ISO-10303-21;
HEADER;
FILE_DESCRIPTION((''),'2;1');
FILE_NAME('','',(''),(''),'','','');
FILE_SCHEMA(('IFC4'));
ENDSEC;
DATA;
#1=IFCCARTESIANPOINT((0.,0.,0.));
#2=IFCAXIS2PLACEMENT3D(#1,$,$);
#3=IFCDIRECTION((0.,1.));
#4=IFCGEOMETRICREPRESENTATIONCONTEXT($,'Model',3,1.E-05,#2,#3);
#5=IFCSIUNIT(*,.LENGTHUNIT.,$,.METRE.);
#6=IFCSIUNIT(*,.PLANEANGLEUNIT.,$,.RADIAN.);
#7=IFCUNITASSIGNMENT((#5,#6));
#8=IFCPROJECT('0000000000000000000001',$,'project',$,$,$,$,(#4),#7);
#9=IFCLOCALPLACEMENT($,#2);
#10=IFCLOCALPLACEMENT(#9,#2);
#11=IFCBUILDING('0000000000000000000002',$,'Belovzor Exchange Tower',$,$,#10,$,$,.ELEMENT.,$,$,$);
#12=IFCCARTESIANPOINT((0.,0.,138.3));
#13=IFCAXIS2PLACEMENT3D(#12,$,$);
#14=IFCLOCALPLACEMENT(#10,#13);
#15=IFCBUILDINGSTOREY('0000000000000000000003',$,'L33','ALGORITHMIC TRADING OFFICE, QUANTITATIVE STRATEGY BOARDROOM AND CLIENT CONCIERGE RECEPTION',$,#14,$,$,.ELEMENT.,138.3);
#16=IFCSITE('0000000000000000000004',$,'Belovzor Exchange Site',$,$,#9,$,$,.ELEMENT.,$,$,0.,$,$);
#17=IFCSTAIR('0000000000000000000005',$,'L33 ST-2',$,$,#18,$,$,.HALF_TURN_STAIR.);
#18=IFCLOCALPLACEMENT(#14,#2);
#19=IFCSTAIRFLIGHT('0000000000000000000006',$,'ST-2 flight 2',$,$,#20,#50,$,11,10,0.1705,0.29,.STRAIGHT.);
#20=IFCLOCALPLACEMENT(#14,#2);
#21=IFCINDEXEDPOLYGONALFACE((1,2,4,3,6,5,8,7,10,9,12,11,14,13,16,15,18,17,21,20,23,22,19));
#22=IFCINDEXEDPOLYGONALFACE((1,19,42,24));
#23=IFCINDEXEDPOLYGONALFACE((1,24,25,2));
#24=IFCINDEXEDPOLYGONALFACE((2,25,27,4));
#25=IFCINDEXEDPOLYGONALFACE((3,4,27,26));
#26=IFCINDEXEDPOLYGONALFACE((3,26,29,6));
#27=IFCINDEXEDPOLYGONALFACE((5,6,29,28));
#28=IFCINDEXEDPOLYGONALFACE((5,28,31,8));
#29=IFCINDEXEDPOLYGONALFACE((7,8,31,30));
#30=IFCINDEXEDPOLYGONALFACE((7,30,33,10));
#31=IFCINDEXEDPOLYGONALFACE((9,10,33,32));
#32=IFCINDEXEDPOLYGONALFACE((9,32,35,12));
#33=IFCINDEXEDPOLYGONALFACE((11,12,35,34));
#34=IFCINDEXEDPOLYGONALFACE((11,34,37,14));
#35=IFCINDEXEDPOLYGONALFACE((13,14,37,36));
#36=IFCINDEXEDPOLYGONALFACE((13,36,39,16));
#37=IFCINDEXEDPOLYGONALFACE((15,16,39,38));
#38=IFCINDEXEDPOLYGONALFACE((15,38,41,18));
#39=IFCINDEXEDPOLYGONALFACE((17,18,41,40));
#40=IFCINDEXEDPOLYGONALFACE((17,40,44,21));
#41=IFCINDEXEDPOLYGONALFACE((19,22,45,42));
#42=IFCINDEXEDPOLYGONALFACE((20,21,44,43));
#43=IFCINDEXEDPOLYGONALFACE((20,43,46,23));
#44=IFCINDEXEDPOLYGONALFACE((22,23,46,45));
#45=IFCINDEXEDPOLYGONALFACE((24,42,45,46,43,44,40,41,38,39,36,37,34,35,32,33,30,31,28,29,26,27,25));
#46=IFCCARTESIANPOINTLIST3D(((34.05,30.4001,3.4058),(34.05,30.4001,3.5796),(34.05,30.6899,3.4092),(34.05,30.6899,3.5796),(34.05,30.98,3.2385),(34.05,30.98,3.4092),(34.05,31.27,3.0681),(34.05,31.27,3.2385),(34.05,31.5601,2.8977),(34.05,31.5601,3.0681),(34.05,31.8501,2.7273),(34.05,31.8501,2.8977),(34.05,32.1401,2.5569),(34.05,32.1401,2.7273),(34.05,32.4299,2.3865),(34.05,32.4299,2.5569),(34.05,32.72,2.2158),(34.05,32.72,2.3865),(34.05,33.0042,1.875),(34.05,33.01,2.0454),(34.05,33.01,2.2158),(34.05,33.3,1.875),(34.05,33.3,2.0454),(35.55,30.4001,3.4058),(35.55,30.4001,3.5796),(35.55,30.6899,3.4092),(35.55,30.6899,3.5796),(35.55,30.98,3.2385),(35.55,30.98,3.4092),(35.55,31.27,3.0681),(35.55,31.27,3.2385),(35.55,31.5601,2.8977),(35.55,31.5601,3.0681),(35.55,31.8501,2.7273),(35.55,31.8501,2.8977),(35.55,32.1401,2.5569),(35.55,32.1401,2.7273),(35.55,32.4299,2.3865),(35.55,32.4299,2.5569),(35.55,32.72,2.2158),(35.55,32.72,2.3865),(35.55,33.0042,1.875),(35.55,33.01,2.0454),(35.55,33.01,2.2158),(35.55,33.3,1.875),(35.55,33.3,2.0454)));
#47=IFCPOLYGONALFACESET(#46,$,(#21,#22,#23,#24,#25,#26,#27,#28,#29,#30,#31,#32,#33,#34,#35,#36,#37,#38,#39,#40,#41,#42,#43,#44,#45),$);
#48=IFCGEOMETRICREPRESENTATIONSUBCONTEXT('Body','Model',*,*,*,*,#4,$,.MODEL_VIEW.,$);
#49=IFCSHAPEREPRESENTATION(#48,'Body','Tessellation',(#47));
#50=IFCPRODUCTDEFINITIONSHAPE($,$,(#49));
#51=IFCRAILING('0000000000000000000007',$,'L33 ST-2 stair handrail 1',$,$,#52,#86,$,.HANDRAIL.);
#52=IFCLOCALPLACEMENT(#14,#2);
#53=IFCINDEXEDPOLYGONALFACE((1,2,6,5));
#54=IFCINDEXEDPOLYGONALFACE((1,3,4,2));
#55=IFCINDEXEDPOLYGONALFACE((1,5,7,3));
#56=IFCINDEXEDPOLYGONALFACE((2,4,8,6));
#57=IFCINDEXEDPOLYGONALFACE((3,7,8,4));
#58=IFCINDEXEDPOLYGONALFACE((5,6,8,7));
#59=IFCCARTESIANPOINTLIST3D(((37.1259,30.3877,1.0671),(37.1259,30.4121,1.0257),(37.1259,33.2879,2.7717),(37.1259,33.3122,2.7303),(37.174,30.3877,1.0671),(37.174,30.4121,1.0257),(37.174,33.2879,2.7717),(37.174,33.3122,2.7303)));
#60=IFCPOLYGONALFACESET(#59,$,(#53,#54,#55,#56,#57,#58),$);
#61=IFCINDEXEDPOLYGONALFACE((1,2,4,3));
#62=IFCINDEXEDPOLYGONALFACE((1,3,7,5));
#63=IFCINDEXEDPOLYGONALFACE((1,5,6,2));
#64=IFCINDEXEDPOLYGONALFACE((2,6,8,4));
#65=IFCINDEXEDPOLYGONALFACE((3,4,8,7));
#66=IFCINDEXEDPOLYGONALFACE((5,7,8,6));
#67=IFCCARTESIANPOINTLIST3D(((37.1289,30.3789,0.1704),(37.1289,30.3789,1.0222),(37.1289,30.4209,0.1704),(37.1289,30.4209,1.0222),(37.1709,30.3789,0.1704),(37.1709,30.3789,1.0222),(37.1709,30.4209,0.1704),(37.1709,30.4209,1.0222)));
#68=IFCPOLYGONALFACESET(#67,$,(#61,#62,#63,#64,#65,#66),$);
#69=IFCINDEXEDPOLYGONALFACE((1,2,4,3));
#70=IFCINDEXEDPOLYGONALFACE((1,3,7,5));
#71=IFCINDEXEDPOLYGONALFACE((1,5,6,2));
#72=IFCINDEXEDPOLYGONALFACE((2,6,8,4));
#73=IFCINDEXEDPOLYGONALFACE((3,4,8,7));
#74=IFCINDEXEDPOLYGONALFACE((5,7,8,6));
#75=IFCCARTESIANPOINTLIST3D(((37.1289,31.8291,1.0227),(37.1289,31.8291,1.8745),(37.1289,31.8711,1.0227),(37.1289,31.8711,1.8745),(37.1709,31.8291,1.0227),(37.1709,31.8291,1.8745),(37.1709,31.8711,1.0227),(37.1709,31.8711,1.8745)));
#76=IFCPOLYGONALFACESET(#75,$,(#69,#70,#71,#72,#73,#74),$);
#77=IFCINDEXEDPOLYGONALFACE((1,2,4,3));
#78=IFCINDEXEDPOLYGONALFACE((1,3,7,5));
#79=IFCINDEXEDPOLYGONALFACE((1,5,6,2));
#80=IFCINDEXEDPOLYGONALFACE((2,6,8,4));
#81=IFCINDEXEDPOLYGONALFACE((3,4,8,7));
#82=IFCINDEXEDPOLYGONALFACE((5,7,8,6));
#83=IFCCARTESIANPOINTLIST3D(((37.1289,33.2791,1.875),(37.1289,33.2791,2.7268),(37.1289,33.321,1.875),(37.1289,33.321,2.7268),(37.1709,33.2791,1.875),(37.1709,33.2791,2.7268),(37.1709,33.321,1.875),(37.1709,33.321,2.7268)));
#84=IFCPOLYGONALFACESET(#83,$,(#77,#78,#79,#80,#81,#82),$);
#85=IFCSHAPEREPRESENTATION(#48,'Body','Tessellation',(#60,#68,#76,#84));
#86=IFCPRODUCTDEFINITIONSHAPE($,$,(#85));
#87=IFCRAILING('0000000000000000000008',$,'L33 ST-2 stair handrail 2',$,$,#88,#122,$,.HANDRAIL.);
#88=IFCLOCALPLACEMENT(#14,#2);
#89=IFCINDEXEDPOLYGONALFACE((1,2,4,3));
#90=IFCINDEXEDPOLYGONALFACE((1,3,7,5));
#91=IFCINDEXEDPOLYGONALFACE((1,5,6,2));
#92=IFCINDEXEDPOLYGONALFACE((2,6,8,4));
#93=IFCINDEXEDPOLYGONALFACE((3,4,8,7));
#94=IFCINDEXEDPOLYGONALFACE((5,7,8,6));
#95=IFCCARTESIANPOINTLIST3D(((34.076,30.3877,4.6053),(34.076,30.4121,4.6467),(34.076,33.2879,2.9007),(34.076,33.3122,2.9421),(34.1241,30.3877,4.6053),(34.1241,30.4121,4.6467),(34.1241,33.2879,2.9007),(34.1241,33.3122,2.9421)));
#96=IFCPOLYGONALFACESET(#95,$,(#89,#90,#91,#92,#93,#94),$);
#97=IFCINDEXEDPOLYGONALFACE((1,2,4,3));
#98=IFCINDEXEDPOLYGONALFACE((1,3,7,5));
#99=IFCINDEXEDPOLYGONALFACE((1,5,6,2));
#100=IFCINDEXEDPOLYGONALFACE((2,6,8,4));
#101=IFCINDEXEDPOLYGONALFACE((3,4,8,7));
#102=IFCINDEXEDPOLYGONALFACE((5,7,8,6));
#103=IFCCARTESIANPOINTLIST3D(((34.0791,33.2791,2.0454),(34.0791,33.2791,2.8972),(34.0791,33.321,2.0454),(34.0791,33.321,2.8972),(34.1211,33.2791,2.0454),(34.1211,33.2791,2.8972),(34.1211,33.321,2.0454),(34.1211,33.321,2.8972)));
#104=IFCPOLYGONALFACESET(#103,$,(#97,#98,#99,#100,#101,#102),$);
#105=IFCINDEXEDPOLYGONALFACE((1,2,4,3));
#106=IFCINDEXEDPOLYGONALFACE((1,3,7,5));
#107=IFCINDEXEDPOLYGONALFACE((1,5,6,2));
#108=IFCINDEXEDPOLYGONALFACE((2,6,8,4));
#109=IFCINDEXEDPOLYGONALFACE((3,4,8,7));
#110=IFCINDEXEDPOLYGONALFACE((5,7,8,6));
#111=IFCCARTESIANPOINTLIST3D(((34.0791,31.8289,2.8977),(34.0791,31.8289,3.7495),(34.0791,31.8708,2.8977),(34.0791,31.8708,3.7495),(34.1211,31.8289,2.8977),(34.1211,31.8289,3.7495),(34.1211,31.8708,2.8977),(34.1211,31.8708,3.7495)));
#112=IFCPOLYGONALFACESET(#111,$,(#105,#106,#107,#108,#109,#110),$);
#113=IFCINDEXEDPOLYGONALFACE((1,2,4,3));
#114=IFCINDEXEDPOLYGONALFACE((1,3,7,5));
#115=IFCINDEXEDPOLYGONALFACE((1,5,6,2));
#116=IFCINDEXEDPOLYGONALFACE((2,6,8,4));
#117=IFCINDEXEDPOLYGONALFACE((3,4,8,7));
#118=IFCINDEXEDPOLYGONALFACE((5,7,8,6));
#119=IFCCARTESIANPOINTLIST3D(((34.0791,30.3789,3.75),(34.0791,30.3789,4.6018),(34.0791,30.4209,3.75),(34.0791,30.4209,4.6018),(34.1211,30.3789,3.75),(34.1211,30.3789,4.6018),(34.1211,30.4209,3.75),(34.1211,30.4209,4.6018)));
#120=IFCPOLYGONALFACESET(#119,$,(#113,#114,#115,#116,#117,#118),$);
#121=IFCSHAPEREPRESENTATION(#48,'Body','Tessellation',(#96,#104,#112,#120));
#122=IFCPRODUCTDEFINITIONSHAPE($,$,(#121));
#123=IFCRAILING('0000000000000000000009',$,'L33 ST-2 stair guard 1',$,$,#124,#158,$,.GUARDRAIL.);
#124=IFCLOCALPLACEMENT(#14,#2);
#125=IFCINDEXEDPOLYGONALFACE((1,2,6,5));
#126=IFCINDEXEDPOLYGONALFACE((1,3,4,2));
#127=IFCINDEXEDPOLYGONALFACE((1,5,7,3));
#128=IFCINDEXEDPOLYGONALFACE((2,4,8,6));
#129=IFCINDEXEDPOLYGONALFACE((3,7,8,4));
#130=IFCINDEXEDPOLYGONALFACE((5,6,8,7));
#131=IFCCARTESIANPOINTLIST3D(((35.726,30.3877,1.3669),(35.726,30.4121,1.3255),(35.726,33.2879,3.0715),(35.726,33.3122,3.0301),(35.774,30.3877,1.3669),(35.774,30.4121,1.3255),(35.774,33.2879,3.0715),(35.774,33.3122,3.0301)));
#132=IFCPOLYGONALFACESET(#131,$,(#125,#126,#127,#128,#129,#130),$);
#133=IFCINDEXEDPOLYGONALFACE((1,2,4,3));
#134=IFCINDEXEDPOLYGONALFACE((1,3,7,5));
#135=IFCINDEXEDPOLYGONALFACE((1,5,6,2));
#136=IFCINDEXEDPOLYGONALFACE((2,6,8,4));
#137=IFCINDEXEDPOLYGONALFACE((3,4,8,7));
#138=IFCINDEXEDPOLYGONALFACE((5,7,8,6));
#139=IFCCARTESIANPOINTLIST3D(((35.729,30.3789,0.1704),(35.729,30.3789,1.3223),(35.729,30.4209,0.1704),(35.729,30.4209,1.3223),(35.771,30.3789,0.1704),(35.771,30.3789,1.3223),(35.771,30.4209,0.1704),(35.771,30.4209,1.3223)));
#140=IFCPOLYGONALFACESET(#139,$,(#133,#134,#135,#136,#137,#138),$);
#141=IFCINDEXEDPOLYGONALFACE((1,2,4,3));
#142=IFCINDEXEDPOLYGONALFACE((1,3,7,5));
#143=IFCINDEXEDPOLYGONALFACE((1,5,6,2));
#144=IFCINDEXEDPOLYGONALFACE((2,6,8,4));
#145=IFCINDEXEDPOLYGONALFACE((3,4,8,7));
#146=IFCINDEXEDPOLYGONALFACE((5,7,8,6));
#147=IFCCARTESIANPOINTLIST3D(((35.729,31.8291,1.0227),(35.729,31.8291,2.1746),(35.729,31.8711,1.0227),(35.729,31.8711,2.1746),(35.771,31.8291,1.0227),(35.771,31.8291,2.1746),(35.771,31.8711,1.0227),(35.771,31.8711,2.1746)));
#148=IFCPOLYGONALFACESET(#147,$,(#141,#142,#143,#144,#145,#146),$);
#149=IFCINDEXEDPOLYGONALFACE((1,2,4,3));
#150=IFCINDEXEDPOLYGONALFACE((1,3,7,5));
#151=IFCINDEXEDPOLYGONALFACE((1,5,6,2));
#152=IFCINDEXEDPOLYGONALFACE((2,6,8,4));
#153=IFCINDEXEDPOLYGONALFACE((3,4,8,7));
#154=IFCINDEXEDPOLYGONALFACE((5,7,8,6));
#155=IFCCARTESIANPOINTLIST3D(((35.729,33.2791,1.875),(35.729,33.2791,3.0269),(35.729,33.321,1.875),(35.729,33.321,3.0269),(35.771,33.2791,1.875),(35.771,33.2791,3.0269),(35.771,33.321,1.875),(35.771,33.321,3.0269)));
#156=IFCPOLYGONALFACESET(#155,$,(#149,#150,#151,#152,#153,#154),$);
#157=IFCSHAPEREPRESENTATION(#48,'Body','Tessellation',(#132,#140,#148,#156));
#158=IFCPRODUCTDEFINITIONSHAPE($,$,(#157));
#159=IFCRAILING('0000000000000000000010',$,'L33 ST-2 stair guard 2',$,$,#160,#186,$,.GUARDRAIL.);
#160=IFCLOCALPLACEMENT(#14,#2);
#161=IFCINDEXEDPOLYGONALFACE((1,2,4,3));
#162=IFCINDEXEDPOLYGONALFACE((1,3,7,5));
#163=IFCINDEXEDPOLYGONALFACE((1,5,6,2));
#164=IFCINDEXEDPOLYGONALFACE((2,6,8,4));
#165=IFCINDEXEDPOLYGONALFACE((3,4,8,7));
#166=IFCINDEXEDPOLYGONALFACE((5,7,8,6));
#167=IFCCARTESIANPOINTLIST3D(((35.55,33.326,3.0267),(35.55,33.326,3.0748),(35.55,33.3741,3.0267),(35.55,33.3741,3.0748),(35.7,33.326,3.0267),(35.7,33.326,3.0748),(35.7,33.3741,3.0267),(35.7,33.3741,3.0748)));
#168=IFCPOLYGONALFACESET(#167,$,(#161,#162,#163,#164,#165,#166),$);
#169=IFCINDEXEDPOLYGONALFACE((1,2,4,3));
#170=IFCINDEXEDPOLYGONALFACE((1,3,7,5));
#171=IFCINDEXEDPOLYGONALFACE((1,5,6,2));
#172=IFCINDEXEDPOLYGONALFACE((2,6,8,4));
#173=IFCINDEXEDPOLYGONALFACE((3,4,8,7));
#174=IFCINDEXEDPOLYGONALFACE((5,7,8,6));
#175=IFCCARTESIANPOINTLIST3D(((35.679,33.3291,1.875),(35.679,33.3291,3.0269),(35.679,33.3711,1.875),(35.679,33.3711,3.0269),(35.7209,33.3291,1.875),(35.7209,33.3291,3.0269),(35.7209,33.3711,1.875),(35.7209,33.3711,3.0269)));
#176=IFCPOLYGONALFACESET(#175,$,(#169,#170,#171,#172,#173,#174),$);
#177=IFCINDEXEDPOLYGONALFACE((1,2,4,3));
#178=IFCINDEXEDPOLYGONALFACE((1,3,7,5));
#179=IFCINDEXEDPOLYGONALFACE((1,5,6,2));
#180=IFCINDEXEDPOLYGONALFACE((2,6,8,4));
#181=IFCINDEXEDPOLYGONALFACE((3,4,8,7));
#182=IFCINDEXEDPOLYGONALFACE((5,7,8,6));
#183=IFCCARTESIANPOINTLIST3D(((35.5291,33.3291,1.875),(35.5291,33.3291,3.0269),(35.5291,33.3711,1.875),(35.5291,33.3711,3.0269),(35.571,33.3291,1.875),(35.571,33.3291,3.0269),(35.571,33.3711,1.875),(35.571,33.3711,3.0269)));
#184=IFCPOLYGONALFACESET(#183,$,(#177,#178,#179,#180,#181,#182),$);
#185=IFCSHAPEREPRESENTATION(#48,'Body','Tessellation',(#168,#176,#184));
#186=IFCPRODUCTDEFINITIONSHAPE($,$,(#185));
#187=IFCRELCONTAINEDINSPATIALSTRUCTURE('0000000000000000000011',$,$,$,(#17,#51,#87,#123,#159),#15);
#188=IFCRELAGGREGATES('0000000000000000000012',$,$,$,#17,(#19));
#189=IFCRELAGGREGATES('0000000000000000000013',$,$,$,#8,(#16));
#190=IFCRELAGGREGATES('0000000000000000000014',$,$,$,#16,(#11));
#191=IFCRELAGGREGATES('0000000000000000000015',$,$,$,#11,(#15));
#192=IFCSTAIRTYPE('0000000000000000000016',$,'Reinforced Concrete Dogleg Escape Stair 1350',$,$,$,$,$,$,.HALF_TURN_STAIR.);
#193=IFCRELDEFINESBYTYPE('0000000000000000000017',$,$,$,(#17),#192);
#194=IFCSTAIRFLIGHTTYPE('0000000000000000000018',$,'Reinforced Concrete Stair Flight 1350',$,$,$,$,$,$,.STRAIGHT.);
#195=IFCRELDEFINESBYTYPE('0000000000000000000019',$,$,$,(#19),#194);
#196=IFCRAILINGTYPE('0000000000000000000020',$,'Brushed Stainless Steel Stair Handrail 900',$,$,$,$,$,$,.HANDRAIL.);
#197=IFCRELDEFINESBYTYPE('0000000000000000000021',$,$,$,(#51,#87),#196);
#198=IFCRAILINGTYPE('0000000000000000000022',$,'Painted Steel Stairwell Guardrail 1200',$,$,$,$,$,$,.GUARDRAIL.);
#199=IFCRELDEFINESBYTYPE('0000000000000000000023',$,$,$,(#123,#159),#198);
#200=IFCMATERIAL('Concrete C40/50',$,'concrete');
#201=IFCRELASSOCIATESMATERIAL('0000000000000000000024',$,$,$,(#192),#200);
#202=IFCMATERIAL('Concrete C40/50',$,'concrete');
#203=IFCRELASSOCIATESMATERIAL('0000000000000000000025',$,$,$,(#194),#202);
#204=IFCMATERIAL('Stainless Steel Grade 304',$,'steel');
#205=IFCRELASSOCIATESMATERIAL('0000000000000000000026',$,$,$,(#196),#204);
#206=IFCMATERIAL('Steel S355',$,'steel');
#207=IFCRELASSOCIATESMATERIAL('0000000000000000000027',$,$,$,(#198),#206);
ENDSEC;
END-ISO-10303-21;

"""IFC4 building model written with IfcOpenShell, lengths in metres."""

from ifc_helpers import new_model, si_unit, direction, frame, origin, origin_2d, place, context, subcontext, project, spatial, polyline, rectangle, outline, extrude, material, type_object, element, aggregate, save


model = new_model("IFC4")

# Units and contexts
model_context = context("Model", 3, precision=1e-05, world=origin(), true_north=direction((0.0, 1.0)))
body_context = subcontext(model_context, "Body", "Model", "MODEL_VIEW")
ifc_project = project(units=[si_unit("LENGTHUNIT", "METRE"), si_unit("PLANEANGLEUNIT", "RADIAN")], contexts=[model_context])

# Site, building, storey
site_placement = place(None, origin())
site = spatial("IfcSite", under=ifc_project, at=site_placement, Name="Belovzor Exchange Site", CompositionType="ELEMENT", RefElevation=0.0)
building_placement = place(site_placement, origin())
building = spatial("IfcBuilding", under=site, at=building_placement, Name="Belovzor Exchange Tower", CompositionType="ELEMENT")
storey_placement = place(building_placement, frame((0.0, 0.0, 138.3)))
storey = spatial("IfcBuildingStorey", under=building, at=storey_placement, Name="L33", Description="ALGORITHMIC TRADING OFFICE, QUANTITATIVE STRATEGY BOARDROOM AND CLIENT CONCIERGE RECEPTION", CompositionType="ELEMENT", Elevation=138.3)

# Stair, stair flight
ifc_material_1 = material(Name="Concrete C40/50", Category="concrete")
stair_type = type_object("IfcStairType", Name="Reinforced Concrete Dogleg Escape Stair 1350", PredefinedType="HALF_TURN_STAIR", material=ifc_material_1)
stair_placement = place(storey_placement, origin())
stair = element("IfcStair", 1, at=stair_placement, inside=storey, type_object=stair_type, Name="L33 ST-2", PredefinedType="HALF_TURN_STAIR")
ifc_material_2 = material(Name="Concrete C40/50", Category="concrete")
stair_flight_type = type_object("IfcStairFlightType", Name="Reinforced Concrete Stair Flight 1350", PredefinedType="STRAIGHT", material=ifc_material_2)
stair_flight_1_placement = place(storey_placement, frame((34.8, 33.3, 1.875), z_axis=(0.0, 0.0, 1.0), x_axis=(0.0, -1.0, 0.0)))
stair_flight_1 = element("IfcStairFlight", 2, at=stair_flight_1_placement, type_object=stair_flight_type, Name="ST-2 flight 2", NumberOfRisers=11, NumberOfTreads=10, PredefinedType="STRAIGHT", RiserHeight=0.1705, TreadLength=0.29, context=body_context, shape_type="SweptSolid", body=[
    extrude(outline(polyline([(0.0, 0.0), (0.0, 0.1704), (0.29, 0.1704), (0.29, 0.3408), (0.5801, 0.3408), (0.5801, 0.5115), (0.8701, 0.5115), (0.8701, 0.6819), (1.1599, 0.6819), (1.1599, 0.8523), (1.45, 0.8523), (1.45, 1.0227), (1.74, 1.0227), (1.74, 1.1931), (2.03, 1.1931), (2.03, 1.3635), (2.3201, 1.3635), (2.3201, 1.5342), (2.6101, 1.5342), (2.6101, 1.7046), (2.8999, 1.7046), (2.8999, 1.875), (2.8999, 1.5308), (0.2959, 0.0), (0.0, 0.0)])), frame((0.0, 0.75, 0.0), z_axis=(0.0, -1.0, 0.0), x_axis=(1.0, 0.0, 0.0)), (0.0, 0.0, 1.0), 1.5),
])
aggregate(stair, [stair_flight_1])

# Railings
ifc_material_3 = material(Name="Stainless Steel Grade 304", Category="steel")
railing_type_1 = type_object("IfcRailingType", Name="Brushed Stainless Steel Stair Handrail 900", PredefinedType="HANDRAIL", material=ifc_material_3)
railing_1_placement = place(storey_placement, frame((37.1499, 30.3999, 0.1704)))
element("IfcRailing", 3, at=railing_1_placement, inside=storey, type_object=railing_type_1, Name="L33 ST-2 stair handrail 1", PredefinedType="HANDRAIL", context=body_context, shape_type="SweptSolid", body=[
    extrude(rectangle(XDim=0.0481, YDim=0.0481, at=origin_2d()), frame((0.0, 0.0, 0.876), z_axis=(0.0, 0.862113, 0.506716), x_axis=(-1.0, 0.0, 0.0)), (0.0, 0.0, 1.0), 3.364),
    extrude(rectangle(XDim=0.042, YDim=0.042, at=origin_2d()), origin(), (0.0, 0.0, 1.0), 0.8518),
    extrude(rectangle(XDim=0.042, YDim=0.042, at=origin_2d()), frame((0.0, 1.4502, 0.8523)), (0.0, 0.0, 1.0), 0.8518),
    extrude(rectangle(XDim=0.042, YDim=0.042, at=origin_2d()), frame((0.0, 2.9001, 1.7046)), (0.0, 0.0, 1.0), 0.8518),
])
railing_2_placement = place(storey_placement, frame((34.1001, 33.3, 2.0454)))
element("IfcRailing", 4, at=railing_2_placement, inside=storey, type_object=railing_type_1, Name="L33 ST-2 stair handrail 2", PredefinedType="HANDRAIL", context=body_context, shape_type="SweptSolid", body=[
    extrude(rectangle(XDim=0.0481, YDim=0.0481, at=origin_2d()), frame((0.0, 0.0, 0.876), z_axis=(0.0, -0.862113, 0.506716), x_axis=(1.0, 0.0, 0.0)), (0.0, 0.0, 1.0), 3.364),
    extrude(rectangle(XDim=0.042, YDim=0.042, at=origin_2d()), origin(), (0.0, 0.0, 1.0), 0.8518),
    extrude(rectangle(XDim=0.042, YDim=0.042, at=origin_2d()), frame((0.0, -1.4502, 0.8523)), (0.0, 0.0, 1.0), 0.8518),
    extrude(rectangle(XDim=0.042, YDim=0.042, at=origin_2d()), frame((0.0, -2.9001, 1.7046)), (0.0, 0.0, 1.0), 0.8518),
])
ifc_material_4 = material(Name="Steel S355", Category="steel")
railing_type_2 = type_object("IfcRailingType", Name="Painted Steel Stairwell Guardrail 1200", PredefinedType="GUARDRAIL", material=ifc_material_4)
railing_3_placement = place(storey_placement, frame((35.75, 30.3999, 0.1704)))
element("IfcRailing", 5, at=railing_3_placement, inside=storey, type_object=railing_type_2, Name="L33 ST-2 stair guard 1", PredefinedType="GUARDRAIL", context=body_context, shape_type="SweptSolid", body=[
    extrude(rectangle(XDim=0.0481, YDim=0.0481, at=origin_2d()), frame((0.0, 0.0, 1.1758), z_axis=(0.0, 0.862113, 0.506716), x_axis=(-1.0, 0.0, 0.0)), (0.0, 0.0, 1.0), 3.364),
    extrude(rectangle(XDim=0.042, YDim=0.042, at=origin_2d()), origin(), (0.0, 0.0, 1.0), 1.1519),
    extrude(rectangle(XDim=0.042, YDim=0.042, at=origin_2d()), frame((0.0, 1.4502, 0.8523)), (0.0, 0.0, 1.0), 1.1519),
    extrude(rectangle(XDim=0.042, YDim=0.042, at=origin_2d()), frame((0.0, 2.9001, 1.7046)), (0.0, 0.0, 1.0), 1.1519),
])
railing_4_placement = place(storey_placement, frame((35.7, 33.3501, 1.875)))
element("IfcRailing", 6, at=railing_4_placement, inside=storey, type_object=railing_type_2, Name="L33 ST-2 stair guard 2", PredefinedType="GUARDRAIL", context=body_context, shape_type="SweptSolid", body=[
    extrude(rectangle(XDim=0.0481, YDim=0.0481, at=origin_2d()), frame((0.0, 0.0, 1.1758), z_axis=(-1.0, 0.0, 0.0), x_axis=(0.0, -1.0, 0.0)), (0.0, 0.0, 1.0), 0.1499),
    extrude(rectangle(XDim=0.042, YDim=0.042, at=origin_2d()), origin(), (0.0, 0.0, 1.0), 1.1519),
    extrude(rectangle(XDim=0.042, YDim=0.042, at=origin_2d()), frame((-0.1499, 0.0, 0.0)), (0.0, 0.0, 1.0), 1.1519),
])

save(model, "model.ifc")
